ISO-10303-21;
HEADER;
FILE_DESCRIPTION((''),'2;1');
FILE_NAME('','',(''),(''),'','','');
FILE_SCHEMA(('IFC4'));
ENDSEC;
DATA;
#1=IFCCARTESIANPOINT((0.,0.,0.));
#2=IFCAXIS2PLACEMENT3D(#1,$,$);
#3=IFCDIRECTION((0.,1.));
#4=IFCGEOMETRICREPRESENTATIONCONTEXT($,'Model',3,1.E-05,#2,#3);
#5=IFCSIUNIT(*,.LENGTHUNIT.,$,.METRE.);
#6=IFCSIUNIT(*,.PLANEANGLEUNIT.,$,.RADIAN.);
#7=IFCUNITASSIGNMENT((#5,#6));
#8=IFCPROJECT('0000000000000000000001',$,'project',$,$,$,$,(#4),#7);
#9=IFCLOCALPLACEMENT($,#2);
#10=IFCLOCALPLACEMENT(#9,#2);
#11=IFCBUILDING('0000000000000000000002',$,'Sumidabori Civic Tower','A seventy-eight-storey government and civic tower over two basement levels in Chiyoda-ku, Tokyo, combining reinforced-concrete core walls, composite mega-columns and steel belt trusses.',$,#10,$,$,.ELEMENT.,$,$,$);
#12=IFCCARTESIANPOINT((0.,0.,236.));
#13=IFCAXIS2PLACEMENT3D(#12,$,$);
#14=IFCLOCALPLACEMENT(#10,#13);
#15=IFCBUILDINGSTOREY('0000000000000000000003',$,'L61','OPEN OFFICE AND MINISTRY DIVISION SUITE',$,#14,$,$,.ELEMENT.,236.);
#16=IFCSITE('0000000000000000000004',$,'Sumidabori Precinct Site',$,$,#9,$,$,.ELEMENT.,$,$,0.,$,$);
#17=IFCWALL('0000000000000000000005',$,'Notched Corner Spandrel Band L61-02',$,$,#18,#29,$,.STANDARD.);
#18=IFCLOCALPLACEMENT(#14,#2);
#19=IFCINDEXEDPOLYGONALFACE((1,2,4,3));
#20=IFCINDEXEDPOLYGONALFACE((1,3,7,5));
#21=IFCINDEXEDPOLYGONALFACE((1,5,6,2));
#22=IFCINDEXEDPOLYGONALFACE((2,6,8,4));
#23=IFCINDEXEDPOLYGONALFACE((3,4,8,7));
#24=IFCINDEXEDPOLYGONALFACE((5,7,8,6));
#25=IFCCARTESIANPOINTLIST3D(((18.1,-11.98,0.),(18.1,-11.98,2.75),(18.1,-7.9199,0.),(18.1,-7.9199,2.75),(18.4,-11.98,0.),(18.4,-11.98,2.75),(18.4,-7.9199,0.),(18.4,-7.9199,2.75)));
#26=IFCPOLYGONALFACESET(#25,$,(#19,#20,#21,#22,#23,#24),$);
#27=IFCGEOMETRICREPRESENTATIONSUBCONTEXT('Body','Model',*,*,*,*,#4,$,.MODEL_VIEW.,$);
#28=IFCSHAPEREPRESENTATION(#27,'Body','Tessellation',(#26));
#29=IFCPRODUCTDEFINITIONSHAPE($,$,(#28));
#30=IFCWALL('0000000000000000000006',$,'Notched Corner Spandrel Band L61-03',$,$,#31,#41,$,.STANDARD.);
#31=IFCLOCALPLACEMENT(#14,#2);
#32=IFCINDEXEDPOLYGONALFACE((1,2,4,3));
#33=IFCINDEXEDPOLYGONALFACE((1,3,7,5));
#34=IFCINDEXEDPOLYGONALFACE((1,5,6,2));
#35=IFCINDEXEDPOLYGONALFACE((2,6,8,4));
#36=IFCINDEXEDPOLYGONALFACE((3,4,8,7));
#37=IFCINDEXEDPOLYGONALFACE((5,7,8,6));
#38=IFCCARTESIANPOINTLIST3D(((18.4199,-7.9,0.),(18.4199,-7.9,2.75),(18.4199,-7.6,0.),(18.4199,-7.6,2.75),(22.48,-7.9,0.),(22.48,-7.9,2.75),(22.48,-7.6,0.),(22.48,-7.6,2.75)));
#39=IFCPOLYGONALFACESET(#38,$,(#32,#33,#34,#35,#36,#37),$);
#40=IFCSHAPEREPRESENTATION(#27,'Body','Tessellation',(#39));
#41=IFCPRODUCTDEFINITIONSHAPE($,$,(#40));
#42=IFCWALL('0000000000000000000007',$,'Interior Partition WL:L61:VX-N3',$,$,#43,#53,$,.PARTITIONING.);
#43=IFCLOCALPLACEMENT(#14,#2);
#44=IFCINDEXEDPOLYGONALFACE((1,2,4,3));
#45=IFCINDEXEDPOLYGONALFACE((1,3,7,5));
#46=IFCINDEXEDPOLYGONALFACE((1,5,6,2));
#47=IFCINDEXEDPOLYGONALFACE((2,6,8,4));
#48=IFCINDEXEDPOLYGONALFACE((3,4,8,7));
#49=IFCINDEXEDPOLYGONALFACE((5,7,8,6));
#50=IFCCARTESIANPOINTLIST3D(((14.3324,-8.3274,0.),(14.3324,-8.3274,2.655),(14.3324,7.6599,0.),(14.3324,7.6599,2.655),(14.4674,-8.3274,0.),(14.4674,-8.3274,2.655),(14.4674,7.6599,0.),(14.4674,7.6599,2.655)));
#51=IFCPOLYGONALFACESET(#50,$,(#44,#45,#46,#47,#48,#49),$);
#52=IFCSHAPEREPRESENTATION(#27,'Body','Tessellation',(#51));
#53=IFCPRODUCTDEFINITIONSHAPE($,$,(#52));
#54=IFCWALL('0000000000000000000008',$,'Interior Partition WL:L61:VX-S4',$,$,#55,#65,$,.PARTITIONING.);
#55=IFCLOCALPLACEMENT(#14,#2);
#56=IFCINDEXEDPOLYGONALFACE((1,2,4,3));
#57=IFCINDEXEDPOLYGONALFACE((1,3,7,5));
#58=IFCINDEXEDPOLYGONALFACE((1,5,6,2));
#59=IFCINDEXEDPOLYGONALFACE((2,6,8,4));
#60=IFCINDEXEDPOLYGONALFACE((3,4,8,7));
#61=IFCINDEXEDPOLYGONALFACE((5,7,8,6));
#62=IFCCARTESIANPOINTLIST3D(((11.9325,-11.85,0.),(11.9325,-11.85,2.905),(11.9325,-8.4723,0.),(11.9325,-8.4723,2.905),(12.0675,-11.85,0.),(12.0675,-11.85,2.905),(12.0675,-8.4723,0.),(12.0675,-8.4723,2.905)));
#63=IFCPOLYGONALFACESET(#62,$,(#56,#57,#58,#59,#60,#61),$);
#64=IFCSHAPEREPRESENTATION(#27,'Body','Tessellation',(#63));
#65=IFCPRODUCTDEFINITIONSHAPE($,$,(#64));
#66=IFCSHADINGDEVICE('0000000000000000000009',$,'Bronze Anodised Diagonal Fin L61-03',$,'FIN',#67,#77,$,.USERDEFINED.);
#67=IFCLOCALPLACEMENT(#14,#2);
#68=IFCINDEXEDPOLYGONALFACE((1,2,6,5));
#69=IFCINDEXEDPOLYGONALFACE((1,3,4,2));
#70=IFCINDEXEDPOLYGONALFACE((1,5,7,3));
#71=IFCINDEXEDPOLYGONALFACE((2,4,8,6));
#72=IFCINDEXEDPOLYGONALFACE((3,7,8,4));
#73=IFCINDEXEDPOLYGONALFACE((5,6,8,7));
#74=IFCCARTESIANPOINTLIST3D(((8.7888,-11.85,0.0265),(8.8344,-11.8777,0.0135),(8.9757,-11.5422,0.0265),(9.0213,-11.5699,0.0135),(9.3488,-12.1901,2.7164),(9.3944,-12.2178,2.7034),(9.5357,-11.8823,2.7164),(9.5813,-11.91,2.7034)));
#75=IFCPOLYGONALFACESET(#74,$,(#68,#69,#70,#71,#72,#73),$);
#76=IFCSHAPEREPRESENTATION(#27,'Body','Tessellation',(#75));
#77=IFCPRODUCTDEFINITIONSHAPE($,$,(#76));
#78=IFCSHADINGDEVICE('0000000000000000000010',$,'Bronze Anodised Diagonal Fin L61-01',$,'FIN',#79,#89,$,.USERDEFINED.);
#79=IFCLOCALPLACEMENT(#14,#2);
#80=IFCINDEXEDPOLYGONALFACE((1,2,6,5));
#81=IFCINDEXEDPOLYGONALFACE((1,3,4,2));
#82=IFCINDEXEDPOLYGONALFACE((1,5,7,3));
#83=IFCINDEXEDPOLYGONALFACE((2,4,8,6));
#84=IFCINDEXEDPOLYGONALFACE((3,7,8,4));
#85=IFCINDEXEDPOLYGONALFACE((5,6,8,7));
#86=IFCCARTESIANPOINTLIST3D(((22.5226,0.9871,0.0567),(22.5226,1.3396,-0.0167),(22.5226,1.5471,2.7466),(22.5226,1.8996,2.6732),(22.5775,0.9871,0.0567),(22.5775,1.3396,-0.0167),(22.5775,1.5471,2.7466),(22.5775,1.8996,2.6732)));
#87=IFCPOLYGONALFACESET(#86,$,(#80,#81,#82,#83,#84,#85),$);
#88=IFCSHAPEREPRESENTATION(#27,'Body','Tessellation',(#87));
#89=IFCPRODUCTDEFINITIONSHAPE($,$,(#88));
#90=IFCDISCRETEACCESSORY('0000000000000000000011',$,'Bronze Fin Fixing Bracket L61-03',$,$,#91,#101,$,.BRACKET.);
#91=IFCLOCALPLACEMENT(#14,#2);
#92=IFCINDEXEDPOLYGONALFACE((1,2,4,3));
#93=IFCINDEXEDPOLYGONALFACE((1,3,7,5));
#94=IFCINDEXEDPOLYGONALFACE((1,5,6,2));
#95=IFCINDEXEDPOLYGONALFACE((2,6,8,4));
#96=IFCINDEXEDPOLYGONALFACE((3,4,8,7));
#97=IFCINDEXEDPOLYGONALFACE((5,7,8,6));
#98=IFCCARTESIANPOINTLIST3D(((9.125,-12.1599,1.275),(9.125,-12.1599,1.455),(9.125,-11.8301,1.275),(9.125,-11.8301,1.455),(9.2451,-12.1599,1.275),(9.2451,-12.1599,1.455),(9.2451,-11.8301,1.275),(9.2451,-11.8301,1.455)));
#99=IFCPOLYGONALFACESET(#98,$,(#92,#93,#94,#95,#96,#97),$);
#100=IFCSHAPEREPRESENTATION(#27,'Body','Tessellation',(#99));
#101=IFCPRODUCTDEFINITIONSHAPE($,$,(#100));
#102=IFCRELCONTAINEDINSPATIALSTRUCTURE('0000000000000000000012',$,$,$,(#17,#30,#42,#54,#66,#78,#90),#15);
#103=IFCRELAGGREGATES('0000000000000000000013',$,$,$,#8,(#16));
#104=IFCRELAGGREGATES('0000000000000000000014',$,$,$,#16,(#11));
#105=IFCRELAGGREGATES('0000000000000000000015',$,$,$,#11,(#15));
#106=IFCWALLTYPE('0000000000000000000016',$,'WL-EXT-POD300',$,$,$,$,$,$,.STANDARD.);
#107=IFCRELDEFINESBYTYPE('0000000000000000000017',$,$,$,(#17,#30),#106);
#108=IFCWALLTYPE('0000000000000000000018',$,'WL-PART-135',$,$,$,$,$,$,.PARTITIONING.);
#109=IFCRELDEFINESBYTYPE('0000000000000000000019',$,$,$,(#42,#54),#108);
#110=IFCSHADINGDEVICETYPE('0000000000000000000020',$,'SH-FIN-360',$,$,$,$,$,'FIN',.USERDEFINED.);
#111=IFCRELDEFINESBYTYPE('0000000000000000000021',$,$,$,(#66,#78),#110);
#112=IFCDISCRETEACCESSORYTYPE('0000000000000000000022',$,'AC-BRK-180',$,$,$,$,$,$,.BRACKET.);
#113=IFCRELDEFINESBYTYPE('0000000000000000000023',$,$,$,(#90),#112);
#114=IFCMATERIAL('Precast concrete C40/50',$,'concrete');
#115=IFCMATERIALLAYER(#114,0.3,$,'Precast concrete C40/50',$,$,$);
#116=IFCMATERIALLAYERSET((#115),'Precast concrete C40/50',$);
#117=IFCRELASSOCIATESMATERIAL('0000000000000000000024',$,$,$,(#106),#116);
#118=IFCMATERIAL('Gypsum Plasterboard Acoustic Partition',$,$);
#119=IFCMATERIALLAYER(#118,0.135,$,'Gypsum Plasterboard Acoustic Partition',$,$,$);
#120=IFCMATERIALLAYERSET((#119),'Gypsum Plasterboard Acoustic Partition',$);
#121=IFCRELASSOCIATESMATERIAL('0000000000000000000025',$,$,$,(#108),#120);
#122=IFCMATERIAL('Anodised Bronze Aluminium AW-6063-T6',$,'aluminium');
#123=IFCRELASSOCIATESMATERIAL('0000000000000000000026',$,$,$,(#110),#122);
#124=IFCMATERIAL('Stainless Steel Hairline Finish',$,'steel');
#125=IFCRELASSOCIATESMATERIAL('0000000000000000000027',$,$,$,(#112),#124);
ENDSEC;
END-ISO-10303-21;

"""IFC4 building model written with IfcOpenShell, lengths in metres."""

from ifc_helpers import new_model, si_unit, direction, frame, frame_2d, origin, origin_2d, place, context, subcontext, project, spatial, rectangle, extrude, source, transform, mapped, material, layer, layer_set, material_profile, profile_set, type_object, element, save


model = new_model("IFC4")

# Units and contexts
model_context = context("Model", 3, precision=1e-05, world=origin(), true_north=direction((0.0, 1.0)))
body_context = subcontext(model_context, "Body", "Model", "MODEL_VIEW")
ifc_project = project(units=[si_unit("LENGTHUNIT", "METRE"), si_unit("PLANEANGLEUNIT", "RADIAN")], contexts=[model_context])

# Site, building, storey
site_placement = place(None, origin())
site = spatial("IfcSite", under=ifc_project, at=site_placement, Name="Sumidabori Precinct Site", CompositionType="ELEMENT", RefElevation=0.0)
building_placement = place(site_placement, origin())
building = spatial("IfcBuilding", under=site, at=building_placement, Name="Sumidabori Civic Tower", Description="A seventy-eight-storey government and civic tower over two basement levels in Chiyoda-ku, Tokyo, combining reinforced-concrete core walls, composite mega-columns and steel belt trusses.", CompositionType="ELEMENT")
storey_placement = place(building_placement, frame((0.0, 0.0, 236.0)))
storey = spatial("IfcBuildingStorey", under=building, at=storey_placement, Name="L61", Description="OPEN OFFICE AND MINISTRY DIVISION SUITE", CompositionType="ELEMENT", Elevation=236.0)

# Shared definitions
ifc_material_1 = material(Name="Anodised Bronze Aluminium AW-6063-T6", Category="aluminium")

# Walls
ifc_material_2 = material(Name="Precast concrete C40/50", Category="concrete")
ifc_layer_1 = layer(ifc_material_2, 0.3, Name="Precast concrete C40/50")
ifc_layer_set_1 = layer_set([ifc_layer_1], Name="Precast concrete C40/50")
wall_type_1 = type_object("IfcWallType", Name="WL-EXT-POD300", PredefinedType="STANDARD", material=ifc_layer_set_1)
shared_shape_1 = source(origin(), body_context, "Body", "SweptSolid", [
    extrude(rectangle(XDim=4.0601, YDim=0.3, at=frame_2d((2.03, 0.0))), origin(), (0.0, 0.0, 1.0), 2.75),
])
for number, where, z_axis, x_axis, name in (
    (1, (18.25, -11.98, 0.0), (0.0, 0.0, 1.0), (0.0, 1.0, 0.0), "Notched Corner Spandrel Band L61-02"),
    (2, (18.4199, -7.75, 0.0), (0.0, 0.0, 1.0), (1.0, 0.0, 0.0), "Notched Corner Spandrel Band L61-03"),
):
    element("IfcWall", number, at=place(storey_placement, frame(where, z_axis=z_axis, x_axis=x_axis)), inside=storey, type_object=wall_type_1, Name=name, PredefinedType="STANDARD", context=body_context, shape_type="MappedRepresentation", body=[
        mapped(shared_shape_1, transform((0.0, 0.0, 0.0), x_axis=(1.0, 0.0, 0.0), y_axis=(0.0, 1.0, 0.0), z_axis=(0.0, 0.0, 1.0), scale=1.0)),
    ])
ifc_material_3 = material(Name="Gypsum Plasterboard Acoustic Partition")
ifc_layer_2 = layer(ifc_material_3, 0.135, Name="Gypsum Plasterboard Acoustic Partition")
ifc_layer_set_2 = layer_set([ifc_layer_2], Name="Gypsum Plasterboard Acoustic Partition")
wall_type_2 = type_object("IfcWallType", Name="WL-PART-135", PredefinedType="PARTITIONING", material=ifc_layer_set_2)
shared_shape_2 = source(origin(), body_context, "Body", "SweptSolid", [
    extrude(rectangle(XDim=15.9873, YDim=0.135, at=frame_2d((7.9937, 0.0))), origin(), (0.0, 0.0, 1.0), 2.655),
])
wall_1_placement = place(storey_placement, frame((14.3999, -8.3274, 0.0), z_axis=(0.0, 0.0, 1.0), x_axis=(0.0, 1.0, 0.0)))
element("IfcWall", 3, at=wall_1_placement, inside=storey, type_object=wall_type_2, Name="Interior Partition WL:L61:VX-N3", PredefinedType="PARTITIONING", context=body_context, shape_type="MappedRepresentation", body=[
    mapped(shared_shape_2, transform((0.0, 0.0, 0.0), x_axis=(1.0, 0.0, 0.0), y_axis=(0.0, 1.0, 0.0), z_axis=(0.0, 0.0, 1.0), scale=1.0)),
])
shared_shape_3 = source(origin(), body_context, "Body", "SweptSolid", [
    extrude(rectangle(XDim=3.3777, YDim=0.135, at=frame_2d((1.689, 0.0))), origin(), (0.0, 0.0, 1.0), 2.905),
])
wall_2_placement = place(storey_placement, frame((12.0, -11.8501, 0.0), z_axis=(0.0, 0.0, 1.0), x_axis=(0.0, 1.0, 0.0)))
element("IfcWall", 4, at=wall_2_placement, inside=storey, type_object=wall_type_2, Name="Interior Partition WL:L61:VX-S4", PredefinedType="PARTITIONING", context=body_context, shape_type="MappedRepresentation", body=[
    mapped(shared_shape_3, transform((0.0, 0.0, 0.0), x_axis=(1.0, 0.0, 0.0), y_axis=(0.0, 1.0, 0.0), z_axis=(0.0, 0.0, 1.0), scale=1.0)),
])

# Shading devices
ifc_material_profile_1 = material_profile(ifc_material_1, rectangle(XDim=0.0549, YDim=0.3601, at=origin_2d()), Name="BRONZE FIN 360x55")
ifc_profile_set_1 = profile_set([ifc_material_profile_1], Name="Anodised Bronze Aluminium AW-6063-T6")
shading_device_type = type_object("IfcShadingDeviceType", Name="SH-FIN-360", ElementType="FIN", PredefinedType="USERDEFINED", material=ifc_profile_set_1)
shared_shape_4 = source(origin(), body_context, "Body", "SweptSolid", [
    extrude(rectangle(XDim=0.0549, YDim=0.3601, at=origin_2d()), origin(), (0.0, 0.0, 1.0), 2.7686),
])
shading_device_1_placement = place(storey_placement, frame((8.905, -11.71, 0.02), z_axis=(0.20229, -0.122838, 0.971591), x_axis=(0.83047, -0.504291, -0.236665)))
element("IfcShadingDevice", 5, at=shading_device_1_placement, inside=storey, type_object=shading_device_type, Name="Bronze Anodised Diagonal Fin L61-03", ObjectType="FIN", PredefinedType="USERDEFINED", context=body_context, shape_type="MappedRepresentation", body=[
    mapped(shared_shape_4, transform((0.0, 0.0, 0.0), x_axis=(1.0, 0.0, 0.0), y_axis=(0.0, 1.0, 0.0), z_axis=(0.0, 0.0, 1.0), scale=1.0)),
])
shared_shape_5 = source(origin(), body_context, "Body", "SweptSolid", [
    extrude(rectangle(XDim=0.0549, YDim=0.3601, at=origin_2d()), origin(), (0.0, 0.0, 1.0), 2.7476),
])
shading_device_2_placement = place(storey_placement, frame((22.55, 1.1633, 0.02), z_axis=(0.0, 0.203834, 0.979006), x_axis=(-1.0, 0.0, 0.0)))
element("IfcShadingDevice", 6, at=shading_device_2_placement, inside=storey, type_object=shading_device_type, Name="Bronze Anodised Diagonal Fin L61-01", ObjectType="FIN", PredefinedType="USERDEFINED", context=body_context, shape_type="MappedRepresentation", body=[
    mapped(shared_shape_5, transform((0.0, 0.0, 0.0), x_axis=(1.0, 0.0, 0.0), y_axis=(0.0, 1.0, 0.0), z_axis=(0.0, 0.0, 1.0), scale=1.0)),
])

# Discrete accessory
ifc_material_4 = material(Name="Stainless Steel Hairline Finish", Category="steel")
ifc_material_profile_2 = material_profile(ifc_material_4, rectangle(XDim=0.1201, YDim=0.1799, at=origin_2d()), Name="STEEL BRACKET 180x120")
ifc_profile_set_2 = profile_set([ifc_material_profile_2], Name="Stainless Steel Hairline Finish")
discrete_accessory_type = type_object("IfcDiscreteAccessoryType", Name="AC-BRK-180", PredefinedType="BRACKET", material=ifc_profile_set_2)
shared_shape_6 = source(origin(), body_context, "Body", "SweptSolid", [
    extrude(rectangle(XDim=0.1201, YDim=0.1799, at=origin_2d()), origin(), (0.0, 0.0, 1.0), 0.3298),
])
discrete_accessory_placement = place(storey_placement, frame((9.1851, -11.8301, 1.365), z_axis=(0.0, -1.0, 0.0), x_axis=(1.0, 0.0, 0.0)))
element("IfcDiscreteAccessory", 7, at=discrete_accessory_placement, inside=storey, type_object=discrete_accessory_type, Name="Bronze Fin Fixing Bracket L61-03", PredefinedType="BRACKET", context=body_context, shape_type="MappedRepresentation", body=[
    mapped(shared_shape_6, transform((0.0, 0.0, 0.0), x_axis=(1.0, 0.0, 0.0), y_axis=(0.0, 1.0, 0.0), z_axis=(0.0, 0.0, 1.0), scale=1.0)),
])

save(model, "model.ifc")
